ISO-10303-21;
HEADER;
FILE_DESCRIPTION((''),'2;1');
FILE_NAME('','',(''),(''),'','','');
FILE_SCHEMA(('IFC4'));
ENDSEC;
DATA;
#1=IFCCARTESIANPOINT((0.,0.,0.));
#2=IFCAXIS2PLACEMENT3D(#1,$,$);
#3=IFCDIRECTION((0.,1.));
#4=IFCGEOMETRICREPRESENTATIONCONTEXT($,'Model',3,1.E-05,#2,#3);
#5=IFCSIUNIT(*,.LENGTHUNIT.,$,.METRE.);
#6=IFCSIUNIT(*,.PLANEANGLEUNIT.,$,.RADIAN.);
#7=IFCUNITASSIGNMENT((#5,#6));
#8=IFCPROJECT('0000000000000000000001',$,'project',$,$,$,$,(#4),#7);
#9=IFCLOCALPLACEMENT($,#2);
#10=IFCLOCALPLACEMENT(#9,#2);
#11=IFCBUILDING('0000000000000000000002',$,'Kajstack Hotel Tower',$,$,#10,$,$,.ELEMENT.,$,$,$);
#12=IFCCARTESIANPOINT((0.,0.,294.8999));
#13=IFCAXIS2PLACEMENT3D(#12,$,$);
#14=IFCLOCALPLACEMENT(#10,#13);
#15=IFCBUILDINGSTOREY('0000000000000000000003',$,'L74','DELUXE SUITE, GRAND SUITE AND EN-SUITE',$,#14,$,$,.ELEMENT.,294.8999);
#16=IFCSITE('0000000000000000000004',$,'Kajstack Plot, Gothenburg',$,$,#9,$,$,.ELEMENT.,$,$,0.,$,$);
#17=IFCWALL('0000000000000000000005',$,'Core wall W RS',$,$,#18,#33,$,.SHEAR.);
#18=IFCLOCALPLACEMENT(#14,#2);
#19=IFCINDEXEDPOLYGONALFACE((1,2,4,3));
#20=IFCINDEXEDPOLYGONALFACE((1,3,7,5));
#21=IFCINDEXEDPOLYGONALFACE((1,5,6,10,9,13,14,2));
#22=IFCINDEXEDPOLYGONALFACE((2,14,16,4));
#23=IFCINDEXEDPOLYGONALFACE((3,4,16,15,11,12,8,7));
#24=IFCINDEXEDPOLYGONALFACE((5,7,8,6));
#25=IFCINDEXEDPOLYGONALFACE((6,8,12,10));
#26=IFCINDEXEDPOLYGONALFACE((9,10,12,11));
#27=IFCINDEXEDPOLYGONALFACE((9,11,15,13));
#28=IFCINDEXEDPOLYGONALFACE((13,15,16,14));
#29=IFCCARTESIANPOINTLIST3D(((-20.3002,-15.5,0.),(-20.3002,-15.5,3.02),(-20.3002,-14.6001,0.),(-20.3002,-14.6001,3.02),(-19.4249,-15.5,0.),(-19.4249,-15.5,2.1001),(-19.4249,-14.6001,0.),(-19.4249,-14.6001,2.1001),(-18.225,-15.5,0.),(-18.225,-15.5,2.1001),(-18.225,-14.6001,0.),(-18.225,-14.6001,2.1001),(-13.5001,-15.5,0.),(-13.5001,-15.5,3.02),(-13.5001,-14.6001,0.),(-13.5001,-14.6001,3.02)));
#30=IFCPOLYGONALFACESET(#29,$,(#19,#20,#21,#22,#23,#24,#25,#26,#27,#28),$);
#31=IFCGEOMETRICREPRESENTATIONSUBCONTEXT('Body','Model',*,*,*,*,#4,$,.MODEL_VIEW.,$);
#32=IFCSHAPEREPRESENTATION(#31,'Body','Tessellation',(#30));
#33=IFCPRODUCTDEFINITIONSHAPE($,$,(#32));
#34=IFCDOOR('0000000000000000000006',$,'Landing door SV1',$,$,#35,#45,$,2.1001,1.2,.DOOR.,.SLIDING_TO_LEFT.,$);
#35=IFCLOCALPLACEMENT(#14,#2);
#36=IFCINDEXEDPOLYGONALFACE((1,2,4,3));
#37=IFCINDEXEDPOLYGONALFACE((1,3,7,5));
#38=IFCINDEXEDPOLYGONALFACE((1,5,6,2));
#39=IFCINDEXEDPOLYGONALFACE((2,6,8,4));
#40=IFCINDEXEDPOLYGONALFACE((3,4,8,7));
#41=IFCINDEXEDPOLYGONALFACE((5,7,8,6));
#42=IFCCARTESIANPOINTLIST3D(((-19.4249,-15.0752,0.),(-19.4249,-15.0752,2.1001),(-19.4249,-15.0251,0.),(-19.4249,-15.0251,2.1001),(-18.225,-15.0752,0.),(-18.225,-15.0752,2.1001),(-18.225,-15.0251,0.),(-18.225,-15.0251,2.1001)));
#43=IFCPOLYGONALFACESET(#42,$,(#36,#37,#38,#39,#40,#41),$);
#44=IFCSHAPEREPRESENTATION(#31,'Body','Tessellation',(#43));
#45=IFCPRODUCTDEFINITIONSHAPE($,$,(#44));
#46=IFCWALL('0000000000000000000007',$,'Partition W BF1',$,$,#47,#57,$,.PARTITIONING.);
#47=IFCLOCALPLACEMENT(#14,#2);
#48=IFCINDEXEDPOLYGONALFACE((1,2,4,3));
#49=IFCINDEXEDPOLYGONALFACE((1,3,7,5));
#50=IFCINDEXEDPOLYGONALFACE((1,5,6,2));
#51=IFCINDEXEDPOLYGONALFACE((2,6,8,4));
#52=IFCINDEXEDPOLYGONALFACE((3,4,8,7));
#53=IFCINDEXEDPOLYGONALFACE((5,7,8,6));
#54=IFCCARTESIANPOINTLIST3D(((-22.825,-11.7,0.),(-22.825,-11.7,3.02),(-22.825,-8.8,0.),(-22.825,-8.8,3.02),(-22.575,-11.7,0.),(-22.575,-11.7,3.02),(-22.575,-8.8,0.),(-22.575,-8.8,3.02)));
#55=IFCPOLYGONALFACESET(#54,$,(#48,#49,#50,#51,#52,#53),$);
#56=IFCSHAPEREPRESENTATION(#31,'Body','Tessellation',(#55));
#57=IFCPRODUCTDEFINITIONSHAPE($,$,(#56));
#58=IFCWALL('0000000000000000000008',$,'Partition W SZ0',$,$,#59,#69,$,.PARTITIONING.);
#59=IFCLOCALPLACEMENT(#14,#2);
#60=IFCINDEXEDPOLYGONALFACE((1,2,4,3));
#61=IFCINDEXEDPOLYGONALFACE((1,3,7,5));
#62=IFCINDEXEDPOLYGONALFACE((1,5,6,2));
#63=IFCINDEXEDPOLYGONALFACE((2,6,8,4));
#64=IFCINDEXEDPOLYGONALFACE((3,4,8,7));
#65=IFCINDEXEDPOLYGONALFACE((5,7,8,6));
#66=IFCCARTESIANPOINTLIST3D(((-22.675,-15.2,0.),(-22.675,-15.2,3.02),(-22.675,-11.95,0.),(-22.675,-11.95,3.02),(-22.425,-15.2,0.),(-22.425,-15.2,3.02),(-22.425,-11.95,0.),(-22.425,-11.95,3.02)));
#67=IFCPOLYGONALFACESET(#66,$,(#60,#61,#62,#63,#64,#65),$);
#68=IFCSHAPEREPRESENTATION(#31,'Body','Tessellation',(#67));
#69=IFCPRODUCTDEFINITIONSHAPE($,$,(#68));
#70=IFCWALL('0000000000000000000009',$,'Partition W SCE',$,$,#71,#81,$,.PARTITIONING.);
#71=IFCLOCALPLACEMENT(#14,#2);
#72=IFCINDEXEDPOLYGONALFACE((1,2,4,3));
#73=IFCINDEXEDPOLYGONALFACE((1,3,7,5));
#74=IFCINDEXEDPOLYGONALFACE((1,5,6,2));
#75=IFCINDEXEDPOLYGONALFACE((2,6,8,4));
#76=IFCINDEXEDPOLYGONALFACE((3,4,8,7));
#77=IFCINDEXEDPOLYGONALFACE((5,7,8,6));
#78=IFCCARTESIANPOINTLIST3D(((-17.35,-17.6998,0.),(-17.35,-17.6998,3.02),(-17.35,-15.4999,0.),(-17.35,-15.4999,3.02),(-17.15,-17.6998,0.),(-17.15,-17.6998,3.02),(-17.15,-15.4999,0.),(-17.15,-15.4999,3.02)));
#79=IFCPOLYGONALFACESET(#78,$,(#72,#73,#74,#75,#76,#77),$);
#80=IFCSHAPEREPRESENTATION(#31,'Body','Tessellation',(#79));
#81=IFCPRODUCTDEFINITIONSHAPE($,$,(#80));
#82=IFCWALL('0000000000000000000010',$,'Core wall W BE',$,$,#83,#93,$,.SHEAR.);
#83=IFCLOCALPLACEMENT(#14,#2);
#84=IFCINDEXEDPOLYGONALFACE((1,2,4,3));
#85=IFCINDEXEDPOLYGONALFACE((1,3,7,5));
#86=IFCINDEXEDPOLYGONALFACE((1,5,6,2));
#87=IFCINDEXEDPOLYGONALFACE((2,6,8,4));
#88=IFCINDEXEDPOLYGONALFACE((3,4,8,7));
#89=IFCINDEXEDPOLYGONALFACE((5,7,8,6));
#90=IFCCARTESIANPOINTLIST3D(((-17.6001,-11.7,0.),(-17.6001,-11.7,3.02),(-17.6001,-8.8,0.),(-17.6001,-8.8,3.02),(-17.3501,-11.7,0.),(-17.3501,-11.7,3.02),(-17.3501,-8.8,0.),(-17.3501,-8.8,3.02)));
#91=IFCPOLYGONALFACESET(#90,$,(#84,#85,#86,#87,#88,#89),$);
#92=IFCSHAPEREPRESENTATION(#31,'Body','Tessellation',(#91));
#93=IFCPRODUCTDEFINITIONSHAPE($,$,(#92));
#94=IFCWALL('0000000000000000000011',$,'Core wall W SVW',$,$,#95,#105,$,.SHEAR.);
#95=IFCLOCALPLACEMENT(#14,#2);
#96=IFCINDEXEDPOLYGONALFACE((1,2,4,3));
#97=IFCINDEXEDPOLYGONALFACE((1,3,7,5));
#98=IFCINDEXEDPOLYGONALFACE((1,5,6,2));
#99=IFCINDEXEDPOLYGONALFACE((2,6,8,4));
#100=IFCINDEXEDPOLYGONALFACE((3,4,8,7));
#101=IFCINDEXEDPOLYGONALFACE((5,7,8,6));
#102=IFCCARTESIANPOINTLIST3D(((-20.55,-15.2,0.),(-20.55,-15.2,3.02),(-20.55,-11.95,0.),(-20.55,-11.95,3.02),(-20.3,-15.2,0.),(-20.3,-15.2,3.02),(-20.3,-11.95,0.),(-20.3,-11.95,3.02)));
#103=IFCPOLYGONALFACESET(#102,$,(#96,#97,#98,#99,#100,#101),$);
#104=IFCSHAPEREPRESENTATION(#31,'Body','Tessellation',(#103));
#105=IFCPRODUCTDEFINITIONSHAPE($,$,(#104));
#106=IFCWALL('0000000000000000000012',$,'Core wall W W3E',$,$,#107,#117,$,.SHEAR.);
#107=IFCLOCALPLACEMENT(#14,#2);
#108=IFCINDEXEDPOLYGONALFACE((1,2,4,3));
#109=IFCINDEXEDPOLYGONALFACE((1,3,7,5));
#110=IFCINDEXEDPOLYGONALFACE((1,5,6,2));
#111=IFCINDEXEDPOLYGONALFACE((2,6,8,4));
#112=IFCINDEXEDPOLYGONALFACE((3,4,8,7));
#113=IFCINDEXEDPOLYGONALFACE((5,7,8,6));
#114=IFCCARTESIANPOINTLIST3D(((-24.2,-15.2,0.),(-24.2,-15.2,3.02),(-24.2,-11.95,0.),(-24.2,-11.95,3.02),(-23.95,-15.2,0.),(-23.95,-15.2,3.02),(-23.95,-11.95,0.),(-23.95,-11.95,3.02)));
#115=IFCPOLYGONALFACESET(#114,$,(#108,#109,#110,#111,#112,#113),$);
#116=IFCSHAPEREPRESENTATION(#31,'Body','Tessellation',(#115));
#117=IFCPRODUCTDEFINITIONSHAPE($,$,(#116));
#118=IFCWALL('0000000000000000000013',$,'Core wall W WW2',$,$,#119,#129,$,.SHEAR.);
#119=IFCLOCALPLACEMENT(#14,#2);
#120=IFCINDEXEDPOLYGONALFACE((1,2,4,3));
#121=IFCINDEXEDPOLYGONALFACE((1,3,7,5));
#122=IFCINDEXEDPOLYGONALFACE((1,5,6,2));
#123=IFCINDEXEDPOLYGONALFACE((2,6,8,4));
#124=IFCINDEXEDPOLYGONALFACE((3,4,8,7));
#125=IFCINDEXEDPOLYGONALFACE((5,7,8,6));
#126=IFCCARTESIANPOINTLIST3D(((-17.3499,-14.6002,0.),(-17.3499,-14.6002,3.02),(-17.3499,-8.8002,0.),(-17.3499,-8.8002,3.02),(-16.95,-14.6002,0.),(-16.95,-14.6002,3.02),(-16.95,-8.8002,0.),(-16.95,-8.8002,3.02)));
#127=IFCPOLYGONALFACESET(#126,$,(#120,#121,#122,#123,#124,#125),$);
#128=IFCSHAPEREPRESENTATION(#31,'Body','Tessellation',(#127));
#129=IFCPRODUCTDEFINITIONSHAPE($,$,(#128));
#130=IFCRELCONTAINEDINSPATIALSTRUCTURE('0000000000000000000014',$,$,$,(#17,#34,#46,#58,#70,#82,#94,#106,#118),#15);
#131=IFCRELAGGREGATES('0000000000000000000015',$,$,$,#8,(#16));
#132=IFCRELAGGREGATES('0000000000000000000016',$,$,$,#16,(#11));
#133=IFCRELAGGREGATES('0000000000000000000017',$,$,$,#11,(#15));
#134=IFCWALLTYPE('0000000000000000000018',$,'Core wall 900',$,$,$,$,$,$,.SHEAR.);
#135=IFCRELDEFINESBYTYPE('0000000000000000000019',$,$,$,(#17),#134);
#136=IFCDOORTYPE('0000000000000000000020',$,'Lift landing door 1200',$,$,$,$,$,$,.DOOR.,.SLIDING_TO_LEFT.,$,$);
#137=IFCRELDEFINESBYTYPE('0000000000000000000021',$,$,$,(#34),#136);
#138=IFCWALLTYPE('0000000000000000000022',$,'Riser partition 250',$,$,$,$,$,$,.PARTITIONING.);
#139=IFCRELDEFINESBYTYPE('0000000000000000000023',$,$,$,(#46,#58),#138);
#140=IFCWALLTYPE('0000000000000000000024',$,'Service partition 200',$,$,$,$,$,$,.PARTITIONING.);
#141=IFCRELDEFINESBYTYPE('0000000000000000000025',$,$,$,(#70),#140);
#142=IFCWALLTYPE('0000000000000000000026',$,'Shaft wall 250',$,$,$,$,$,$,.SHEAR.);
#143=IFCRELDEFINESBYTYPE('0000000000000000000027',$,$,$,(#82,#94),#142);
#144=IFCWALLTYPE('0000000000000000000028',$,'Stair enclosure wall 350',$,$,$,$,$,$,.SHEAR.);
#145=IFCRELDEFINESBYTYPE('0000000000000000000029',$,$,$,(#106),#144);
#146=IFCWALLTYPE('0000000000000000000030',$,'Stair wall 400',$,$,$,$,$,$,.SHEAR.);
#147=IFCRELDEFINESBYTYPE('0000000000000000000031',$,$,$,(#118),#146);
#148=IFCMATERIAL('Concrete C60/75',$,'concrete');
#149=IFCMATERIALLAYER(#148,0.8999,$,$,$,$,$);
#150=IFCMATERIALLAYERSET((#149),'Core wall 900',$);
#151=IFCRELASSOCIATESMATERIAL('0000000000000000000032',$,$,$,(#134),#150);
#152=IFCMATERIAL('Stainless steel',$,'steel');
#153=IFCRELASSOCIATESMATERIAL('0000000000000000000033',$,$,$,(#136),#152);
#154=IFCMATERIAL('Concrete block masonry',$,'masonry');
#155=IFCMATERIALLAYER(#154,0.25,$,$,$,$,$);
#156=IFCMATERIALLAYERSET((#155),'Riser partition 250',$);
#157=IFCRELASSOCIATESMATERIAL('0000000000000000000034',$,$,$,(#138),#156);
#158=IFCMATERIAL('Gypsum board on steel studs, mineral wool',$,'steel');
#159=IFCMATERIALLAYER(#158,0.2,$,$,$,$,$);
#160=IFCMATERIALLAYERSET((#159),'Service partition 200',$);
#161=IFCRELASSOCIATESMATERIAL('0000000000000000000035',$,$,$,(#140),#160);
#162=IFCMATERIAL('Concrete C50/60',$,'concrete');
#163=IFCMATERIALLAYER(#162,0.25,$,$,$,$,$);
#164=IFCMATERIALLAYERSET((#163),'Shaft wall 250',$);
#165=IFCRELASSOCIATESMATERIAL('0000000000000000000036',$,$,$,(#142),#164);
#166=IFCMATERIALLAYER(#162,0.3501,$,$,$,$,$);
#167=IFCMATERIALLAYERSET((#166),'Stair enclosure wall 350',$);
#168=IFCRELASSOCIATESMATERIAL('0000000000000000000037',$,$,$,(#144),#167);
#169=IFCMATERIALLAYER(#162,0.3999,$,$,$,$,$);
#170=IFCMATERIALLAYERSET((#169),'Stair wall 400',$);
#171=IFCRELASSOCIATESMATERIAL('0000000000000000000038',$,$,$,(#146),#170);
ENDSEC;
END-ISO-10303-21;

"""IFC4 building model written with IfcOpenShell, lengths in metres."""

from ifc_helpers import new_model, si_unit, direction, frame, frame_2d, origin, place, context, subcontext, project, spatial, rectangle, extrude, material, layer, layer_set, type_object, element, fill, save


model = new_model("IFC4")

# Units and contexts
model_context = context("Model", 3, precision=1e-05, world=origin(), true_north=direction((0.0, 1.0)))
body_context = subcontext(model_context, "Body", "Model", "MODEL_VIEW")
ifc_project = project(units=[si_unit("LENGTHUNIT", "METRE"), si_unit("PLANEANGLEUNIT", "RADIAN")], contexts=[model_context])

# Site, building, storey
site_placement = place(None, origin())
site = spatial("IfcSite", under=ifc_project, at=site_placement, Name="Kajstack Plot, Gothenburg", CompositionType="ELEMENT", RefElevation=0.0)
building_placement = place(site_placement, origin())
building = spatial("IfcBuilding", under=site, at=building_placement, Name="Kajstack Hotel Tower", CompositionType="ELEMENT")
storey_placement = place(building_placement, frame((0.0, 0.0, 294.8999)))
storey = spatial("IfcBuildingStorey", under=building, at=storey_placement, Name="L74", Description="DELUXE SUITE, GRAND SUITE AND EN-SUITE", CompositionType="ELEMENT", Elevation=294.8999)

# Wall, opening, door
ifc_material_1 = material(Name="Concrete C60/75", Category="concrete")
ifc_layer_1 = layer(ifc_material_1, 0.8999)
ifc_layer_set_1 = layer_set([ifc_layer_1], Name="Core wall 900")
wall_type_1 = type_object("IfcWallType", Name="Core wall 900", PredefinedType="SHEAR", material=ifc_layer_set_1)
wall_1_placement = place(storey_placement, frame((-20.3, -15.05, 0.0), z_axis=(0.0, 0.0, 1.0), x_axis=(1.0, 0.0, 0.0)))
wall_1 = element("IfcWall", 1, at=wall_1_placement, inside=storey, type_object=wall_type_1, Name="Core wall W RS", PredefinedType="SHEAR", context=body_context, shape_type="SweptSolid", body=[
    extrude(rectangle(XDim=6.8, YDim=0.8999, at=frame_2d((3.3999, 0.0))), origin(), (0.0, 0.0, 1.0), 3.02),
])
opening_placement = place(wall_1_placement, frame((0.875, 0.0, 0.0)))
opening = element("IfcOpeningElement", 2, at=opening_placement, cuts=wall_1, PredefinedType="OPENING", context=body_context, shape_type="SweptSolid", body=[
    extrude(rectangle(XDim=1.2, YDim=2.1001, at=frame_2d((0.6001, 1.05))), frame((0.0, 0.46, 0.0), z_axis=(0.0, -1.0, 0.0), x_axis=(1.0, 0.0, 0.0)), (0.0, 0.0, 1.0), 0.9199),
])
ifc_material_2 = material(Name="Stainless steel", Category="steel")
door_type = type_object("IfcDoorType", Name="Lift landing door 1200", OperationType="SLIDING_TO_LEFT", PredefinedType="DOOR", material=ifc_material_2)
door_placement = place(opening_placement, origin())
door = element("IfcDoor", 3, at=door_placement, inside=storey, type_object=door_type, Name="Landing door SV1", OperationType="SLIDING_TO_LEFT", OverallHeight=2.1001, OverallWidth=1.2, PredefinedType="DOOR", context=body_context, shape_type="SweptSolid", body=[
    extrude(rectangle(XDim=1.2, YDim=2.1001, at=frame_2d((0.6001, 1.05))), frame((0.0, 0.0249, 0.0), z_axis=(0.0, -1.0, 0.0), x_axis=(1.0, 0.0, 0.0)), (0.0, 0.0, 1.0), 0.05),
])
fill(opening, door)

# Walls
ifc_material_3 = material(Name="Concrete block masonry", Category="masonry")
ifc_layer_2 = layer(ifc_material_3, 0.25)
ifc_layer_set_2 = layer_set([ifc_layer_2], Name="Riser partition 250")
wall_type_2 = type_object("IfcWallType", Name="Riser partition 250", PredefinedType="PARTITIONING", material=ifc_layer_set_2)
wall_2_placement = place(storey_placement, frame((-22.7, -11.7, 0.0), z_axis=(0.0, 0.0, 1.0), x_axis=(0.0, 1.0, 0.0)))
element("IfcWall", 4, at=wall_2_placement, inside=storey, type_object=wall_type_2, Name="Partition W BF1", PredefinedType="PARTITIONING", context=body_context, shape_type="SweptSolid", body=[
    extrude(rectangle(XDim=2.8999, YDim=0.25, at=frame_2d((1.45, 0.0))), origin(), (0.0, 0.0, 1.0), 3.02),
])
wall_3_placement = place(storey_placement, frame((-22.55, -15.2, 0.0), z_axis=(0.0, 0.0, 1.0), x_axis=(0.0, 1.0, 0.0)))
element("IfcWall", 5, at=wall_3_placement, inside=storey, type_object=wall_type_2, Name="Partition W SZ0", PredefinedType="PARTITIONING", context=body_context, shape_type="SweptSolid", body=[
    extrude(rectangle(XDim=3.25, YDim=0.25, at=frame_2d((1.625, 0.0))), origin(), (0.0, 0.0, 1.0), 3.02),
])
ifc_material_4 = material(Name="Gypsum board on steel studs, mineral wool", Category="steel")
ifc_layer_3 = layer(ifc_material_4, 0.2)
ifc_layer_set_3 = layer_set([ifc_layer_3], Name="Service partition 200")
wall_type_3 = type_object("IfcWallType", Name="Service partition 200", PredefinedType="PARTITIONING", material=ifc_layer_set_3)
wall_4_placement = place(storey_placement, frame((-17.25, -17.7, 0.0), z_axis=(0.0, 0.0, 1.0), x_axis=(0.0, 1.0, 0.0)))
element("IfcWall", 6, at=wall_4_placement, inside=storey, type_object=wall_type_3, Name="Partition W SCE", PredefinedType="PARTITIONING", context=body_context, shape_type="SweptSolid", body=[
    extrude(rectangle(XDim=2.2, YDim=0.2, at=frame_2d((1.1001, 0.0))), origin(), (0.0, 0.0, 1.0), 3.02),
])
ifc_material_5 = material(Name="Concrete C50/60", Category="concrete")
ifc_layer_4 = layer(ifc_material_5, 0.25)
ifc_layer_set_4 = layer_set([ifc_layer_4], Name="Shaft wall 250")
wall_type_4 = type_object("IfcWallType", Name="Shaft wall 250", PredefinedType="SHEAR", material=ifc_layer_set_4)
wall_5_placement = place(storey_placement, frame((-17.4751, -11.7, 0.0), z_axis=(0.0, 0.0, 1.0), x_axis=(0.0, 1.0, 0.0)))
element("IfcWall", 7, at=wall_5_placement, inside=storey, type_object=wall_type_4, Name="Core wall W BE", PredefinedType="SHEAR", context=body_context, shape_type="SweptSolid", body=[
    extrude(rectangle(XDim=2.8999, YDim=0.25, at=frame_2d((1.45, 0.0))), origin(), (0.0, 0.0, 1.0), 3.02),
])
wall_6_placement = place(storey_placement, frame((-20.425, -15.2, 0.0), z_axis=(0.0, 0.0, 1.0), x_axis=(0.0, 1.0, 0.0)))
element("IfcWall", 8, at=wall_6_placement, inside=storey, type_object=wall_type_4, Name="Core wall W SVW", PredefinedType="SHEAR", context=body_context, shape_type="SweptSolid", body=[
    extrude(rectangle(XDim=3.25, YDim=0.25, at=frame_2d((1.625, 0.0))), origin(), (0.0, 0.0, 1.0), 3.02),
])
ifc_layer_5 = layer(ifc_material_5, 0.3501)
ifc_layer_set_5 = layer_set([ifc_layer_5], Name="Stair enclosure wall 350")
wall_type_5 = type_object("IfcWallType", Name="Stair enclosure wall 350", PredefinedType="SHEAR", material=ifc_layer_set_5)
wall_7_placement = place(storey_placement, frame((-24.075, -15.2, 0.0), z_axis=(0.0, 0.0, 1.0), x_axis=(0.0, 1.0, 0.0)))
element("IfcWall", 9, at=wall_7_placement, inside=storey, type_object=wall_type_5, Name="Core wall W W3E", PredefinedType="SHEAR", context=body_context, shape_type="SweptSolid", body=[
    extrude(rectangle(XDim=3.25, YDim=0.25, at=frame_2d((1.625, 0.0))), origin(), (0.0, 0.0, 1.0), 3.02),
])
ifc_layer_6 = layer(ifc_material_5, 0.3999)
ifc_layer_set_6 = layer_set([ifc_layer_6], Name="Stair wall 400")
wall_type_6 = type_object("IfcWallType", Name="Stair wall 400", PredefinedType="SHEAR", material=ifc_layer_set_6)
wall_8_placement = place(storey_placement, frame((-17.1499, -14.6001, 0.0), z_axis=(0.0, 0.0, 1.0), x_axis=(0.0, 1.0, 0.0)))
element("IfcWall", 10, at=wall_8_placement, inside=storey, type_object=wall_type_6, Name="Core wall W WW2", PredefinedType="SHEAR", context=body_context, shape_type="SweptSolid", body=[
    extrude(rectangle(XDim=5.8, YDim=0.3999, at=frame_2d((2.8999, 0.0))), origin(), (0.0, 0.0, 1.0), 3.02),
])

save(model, "model.ifc")
